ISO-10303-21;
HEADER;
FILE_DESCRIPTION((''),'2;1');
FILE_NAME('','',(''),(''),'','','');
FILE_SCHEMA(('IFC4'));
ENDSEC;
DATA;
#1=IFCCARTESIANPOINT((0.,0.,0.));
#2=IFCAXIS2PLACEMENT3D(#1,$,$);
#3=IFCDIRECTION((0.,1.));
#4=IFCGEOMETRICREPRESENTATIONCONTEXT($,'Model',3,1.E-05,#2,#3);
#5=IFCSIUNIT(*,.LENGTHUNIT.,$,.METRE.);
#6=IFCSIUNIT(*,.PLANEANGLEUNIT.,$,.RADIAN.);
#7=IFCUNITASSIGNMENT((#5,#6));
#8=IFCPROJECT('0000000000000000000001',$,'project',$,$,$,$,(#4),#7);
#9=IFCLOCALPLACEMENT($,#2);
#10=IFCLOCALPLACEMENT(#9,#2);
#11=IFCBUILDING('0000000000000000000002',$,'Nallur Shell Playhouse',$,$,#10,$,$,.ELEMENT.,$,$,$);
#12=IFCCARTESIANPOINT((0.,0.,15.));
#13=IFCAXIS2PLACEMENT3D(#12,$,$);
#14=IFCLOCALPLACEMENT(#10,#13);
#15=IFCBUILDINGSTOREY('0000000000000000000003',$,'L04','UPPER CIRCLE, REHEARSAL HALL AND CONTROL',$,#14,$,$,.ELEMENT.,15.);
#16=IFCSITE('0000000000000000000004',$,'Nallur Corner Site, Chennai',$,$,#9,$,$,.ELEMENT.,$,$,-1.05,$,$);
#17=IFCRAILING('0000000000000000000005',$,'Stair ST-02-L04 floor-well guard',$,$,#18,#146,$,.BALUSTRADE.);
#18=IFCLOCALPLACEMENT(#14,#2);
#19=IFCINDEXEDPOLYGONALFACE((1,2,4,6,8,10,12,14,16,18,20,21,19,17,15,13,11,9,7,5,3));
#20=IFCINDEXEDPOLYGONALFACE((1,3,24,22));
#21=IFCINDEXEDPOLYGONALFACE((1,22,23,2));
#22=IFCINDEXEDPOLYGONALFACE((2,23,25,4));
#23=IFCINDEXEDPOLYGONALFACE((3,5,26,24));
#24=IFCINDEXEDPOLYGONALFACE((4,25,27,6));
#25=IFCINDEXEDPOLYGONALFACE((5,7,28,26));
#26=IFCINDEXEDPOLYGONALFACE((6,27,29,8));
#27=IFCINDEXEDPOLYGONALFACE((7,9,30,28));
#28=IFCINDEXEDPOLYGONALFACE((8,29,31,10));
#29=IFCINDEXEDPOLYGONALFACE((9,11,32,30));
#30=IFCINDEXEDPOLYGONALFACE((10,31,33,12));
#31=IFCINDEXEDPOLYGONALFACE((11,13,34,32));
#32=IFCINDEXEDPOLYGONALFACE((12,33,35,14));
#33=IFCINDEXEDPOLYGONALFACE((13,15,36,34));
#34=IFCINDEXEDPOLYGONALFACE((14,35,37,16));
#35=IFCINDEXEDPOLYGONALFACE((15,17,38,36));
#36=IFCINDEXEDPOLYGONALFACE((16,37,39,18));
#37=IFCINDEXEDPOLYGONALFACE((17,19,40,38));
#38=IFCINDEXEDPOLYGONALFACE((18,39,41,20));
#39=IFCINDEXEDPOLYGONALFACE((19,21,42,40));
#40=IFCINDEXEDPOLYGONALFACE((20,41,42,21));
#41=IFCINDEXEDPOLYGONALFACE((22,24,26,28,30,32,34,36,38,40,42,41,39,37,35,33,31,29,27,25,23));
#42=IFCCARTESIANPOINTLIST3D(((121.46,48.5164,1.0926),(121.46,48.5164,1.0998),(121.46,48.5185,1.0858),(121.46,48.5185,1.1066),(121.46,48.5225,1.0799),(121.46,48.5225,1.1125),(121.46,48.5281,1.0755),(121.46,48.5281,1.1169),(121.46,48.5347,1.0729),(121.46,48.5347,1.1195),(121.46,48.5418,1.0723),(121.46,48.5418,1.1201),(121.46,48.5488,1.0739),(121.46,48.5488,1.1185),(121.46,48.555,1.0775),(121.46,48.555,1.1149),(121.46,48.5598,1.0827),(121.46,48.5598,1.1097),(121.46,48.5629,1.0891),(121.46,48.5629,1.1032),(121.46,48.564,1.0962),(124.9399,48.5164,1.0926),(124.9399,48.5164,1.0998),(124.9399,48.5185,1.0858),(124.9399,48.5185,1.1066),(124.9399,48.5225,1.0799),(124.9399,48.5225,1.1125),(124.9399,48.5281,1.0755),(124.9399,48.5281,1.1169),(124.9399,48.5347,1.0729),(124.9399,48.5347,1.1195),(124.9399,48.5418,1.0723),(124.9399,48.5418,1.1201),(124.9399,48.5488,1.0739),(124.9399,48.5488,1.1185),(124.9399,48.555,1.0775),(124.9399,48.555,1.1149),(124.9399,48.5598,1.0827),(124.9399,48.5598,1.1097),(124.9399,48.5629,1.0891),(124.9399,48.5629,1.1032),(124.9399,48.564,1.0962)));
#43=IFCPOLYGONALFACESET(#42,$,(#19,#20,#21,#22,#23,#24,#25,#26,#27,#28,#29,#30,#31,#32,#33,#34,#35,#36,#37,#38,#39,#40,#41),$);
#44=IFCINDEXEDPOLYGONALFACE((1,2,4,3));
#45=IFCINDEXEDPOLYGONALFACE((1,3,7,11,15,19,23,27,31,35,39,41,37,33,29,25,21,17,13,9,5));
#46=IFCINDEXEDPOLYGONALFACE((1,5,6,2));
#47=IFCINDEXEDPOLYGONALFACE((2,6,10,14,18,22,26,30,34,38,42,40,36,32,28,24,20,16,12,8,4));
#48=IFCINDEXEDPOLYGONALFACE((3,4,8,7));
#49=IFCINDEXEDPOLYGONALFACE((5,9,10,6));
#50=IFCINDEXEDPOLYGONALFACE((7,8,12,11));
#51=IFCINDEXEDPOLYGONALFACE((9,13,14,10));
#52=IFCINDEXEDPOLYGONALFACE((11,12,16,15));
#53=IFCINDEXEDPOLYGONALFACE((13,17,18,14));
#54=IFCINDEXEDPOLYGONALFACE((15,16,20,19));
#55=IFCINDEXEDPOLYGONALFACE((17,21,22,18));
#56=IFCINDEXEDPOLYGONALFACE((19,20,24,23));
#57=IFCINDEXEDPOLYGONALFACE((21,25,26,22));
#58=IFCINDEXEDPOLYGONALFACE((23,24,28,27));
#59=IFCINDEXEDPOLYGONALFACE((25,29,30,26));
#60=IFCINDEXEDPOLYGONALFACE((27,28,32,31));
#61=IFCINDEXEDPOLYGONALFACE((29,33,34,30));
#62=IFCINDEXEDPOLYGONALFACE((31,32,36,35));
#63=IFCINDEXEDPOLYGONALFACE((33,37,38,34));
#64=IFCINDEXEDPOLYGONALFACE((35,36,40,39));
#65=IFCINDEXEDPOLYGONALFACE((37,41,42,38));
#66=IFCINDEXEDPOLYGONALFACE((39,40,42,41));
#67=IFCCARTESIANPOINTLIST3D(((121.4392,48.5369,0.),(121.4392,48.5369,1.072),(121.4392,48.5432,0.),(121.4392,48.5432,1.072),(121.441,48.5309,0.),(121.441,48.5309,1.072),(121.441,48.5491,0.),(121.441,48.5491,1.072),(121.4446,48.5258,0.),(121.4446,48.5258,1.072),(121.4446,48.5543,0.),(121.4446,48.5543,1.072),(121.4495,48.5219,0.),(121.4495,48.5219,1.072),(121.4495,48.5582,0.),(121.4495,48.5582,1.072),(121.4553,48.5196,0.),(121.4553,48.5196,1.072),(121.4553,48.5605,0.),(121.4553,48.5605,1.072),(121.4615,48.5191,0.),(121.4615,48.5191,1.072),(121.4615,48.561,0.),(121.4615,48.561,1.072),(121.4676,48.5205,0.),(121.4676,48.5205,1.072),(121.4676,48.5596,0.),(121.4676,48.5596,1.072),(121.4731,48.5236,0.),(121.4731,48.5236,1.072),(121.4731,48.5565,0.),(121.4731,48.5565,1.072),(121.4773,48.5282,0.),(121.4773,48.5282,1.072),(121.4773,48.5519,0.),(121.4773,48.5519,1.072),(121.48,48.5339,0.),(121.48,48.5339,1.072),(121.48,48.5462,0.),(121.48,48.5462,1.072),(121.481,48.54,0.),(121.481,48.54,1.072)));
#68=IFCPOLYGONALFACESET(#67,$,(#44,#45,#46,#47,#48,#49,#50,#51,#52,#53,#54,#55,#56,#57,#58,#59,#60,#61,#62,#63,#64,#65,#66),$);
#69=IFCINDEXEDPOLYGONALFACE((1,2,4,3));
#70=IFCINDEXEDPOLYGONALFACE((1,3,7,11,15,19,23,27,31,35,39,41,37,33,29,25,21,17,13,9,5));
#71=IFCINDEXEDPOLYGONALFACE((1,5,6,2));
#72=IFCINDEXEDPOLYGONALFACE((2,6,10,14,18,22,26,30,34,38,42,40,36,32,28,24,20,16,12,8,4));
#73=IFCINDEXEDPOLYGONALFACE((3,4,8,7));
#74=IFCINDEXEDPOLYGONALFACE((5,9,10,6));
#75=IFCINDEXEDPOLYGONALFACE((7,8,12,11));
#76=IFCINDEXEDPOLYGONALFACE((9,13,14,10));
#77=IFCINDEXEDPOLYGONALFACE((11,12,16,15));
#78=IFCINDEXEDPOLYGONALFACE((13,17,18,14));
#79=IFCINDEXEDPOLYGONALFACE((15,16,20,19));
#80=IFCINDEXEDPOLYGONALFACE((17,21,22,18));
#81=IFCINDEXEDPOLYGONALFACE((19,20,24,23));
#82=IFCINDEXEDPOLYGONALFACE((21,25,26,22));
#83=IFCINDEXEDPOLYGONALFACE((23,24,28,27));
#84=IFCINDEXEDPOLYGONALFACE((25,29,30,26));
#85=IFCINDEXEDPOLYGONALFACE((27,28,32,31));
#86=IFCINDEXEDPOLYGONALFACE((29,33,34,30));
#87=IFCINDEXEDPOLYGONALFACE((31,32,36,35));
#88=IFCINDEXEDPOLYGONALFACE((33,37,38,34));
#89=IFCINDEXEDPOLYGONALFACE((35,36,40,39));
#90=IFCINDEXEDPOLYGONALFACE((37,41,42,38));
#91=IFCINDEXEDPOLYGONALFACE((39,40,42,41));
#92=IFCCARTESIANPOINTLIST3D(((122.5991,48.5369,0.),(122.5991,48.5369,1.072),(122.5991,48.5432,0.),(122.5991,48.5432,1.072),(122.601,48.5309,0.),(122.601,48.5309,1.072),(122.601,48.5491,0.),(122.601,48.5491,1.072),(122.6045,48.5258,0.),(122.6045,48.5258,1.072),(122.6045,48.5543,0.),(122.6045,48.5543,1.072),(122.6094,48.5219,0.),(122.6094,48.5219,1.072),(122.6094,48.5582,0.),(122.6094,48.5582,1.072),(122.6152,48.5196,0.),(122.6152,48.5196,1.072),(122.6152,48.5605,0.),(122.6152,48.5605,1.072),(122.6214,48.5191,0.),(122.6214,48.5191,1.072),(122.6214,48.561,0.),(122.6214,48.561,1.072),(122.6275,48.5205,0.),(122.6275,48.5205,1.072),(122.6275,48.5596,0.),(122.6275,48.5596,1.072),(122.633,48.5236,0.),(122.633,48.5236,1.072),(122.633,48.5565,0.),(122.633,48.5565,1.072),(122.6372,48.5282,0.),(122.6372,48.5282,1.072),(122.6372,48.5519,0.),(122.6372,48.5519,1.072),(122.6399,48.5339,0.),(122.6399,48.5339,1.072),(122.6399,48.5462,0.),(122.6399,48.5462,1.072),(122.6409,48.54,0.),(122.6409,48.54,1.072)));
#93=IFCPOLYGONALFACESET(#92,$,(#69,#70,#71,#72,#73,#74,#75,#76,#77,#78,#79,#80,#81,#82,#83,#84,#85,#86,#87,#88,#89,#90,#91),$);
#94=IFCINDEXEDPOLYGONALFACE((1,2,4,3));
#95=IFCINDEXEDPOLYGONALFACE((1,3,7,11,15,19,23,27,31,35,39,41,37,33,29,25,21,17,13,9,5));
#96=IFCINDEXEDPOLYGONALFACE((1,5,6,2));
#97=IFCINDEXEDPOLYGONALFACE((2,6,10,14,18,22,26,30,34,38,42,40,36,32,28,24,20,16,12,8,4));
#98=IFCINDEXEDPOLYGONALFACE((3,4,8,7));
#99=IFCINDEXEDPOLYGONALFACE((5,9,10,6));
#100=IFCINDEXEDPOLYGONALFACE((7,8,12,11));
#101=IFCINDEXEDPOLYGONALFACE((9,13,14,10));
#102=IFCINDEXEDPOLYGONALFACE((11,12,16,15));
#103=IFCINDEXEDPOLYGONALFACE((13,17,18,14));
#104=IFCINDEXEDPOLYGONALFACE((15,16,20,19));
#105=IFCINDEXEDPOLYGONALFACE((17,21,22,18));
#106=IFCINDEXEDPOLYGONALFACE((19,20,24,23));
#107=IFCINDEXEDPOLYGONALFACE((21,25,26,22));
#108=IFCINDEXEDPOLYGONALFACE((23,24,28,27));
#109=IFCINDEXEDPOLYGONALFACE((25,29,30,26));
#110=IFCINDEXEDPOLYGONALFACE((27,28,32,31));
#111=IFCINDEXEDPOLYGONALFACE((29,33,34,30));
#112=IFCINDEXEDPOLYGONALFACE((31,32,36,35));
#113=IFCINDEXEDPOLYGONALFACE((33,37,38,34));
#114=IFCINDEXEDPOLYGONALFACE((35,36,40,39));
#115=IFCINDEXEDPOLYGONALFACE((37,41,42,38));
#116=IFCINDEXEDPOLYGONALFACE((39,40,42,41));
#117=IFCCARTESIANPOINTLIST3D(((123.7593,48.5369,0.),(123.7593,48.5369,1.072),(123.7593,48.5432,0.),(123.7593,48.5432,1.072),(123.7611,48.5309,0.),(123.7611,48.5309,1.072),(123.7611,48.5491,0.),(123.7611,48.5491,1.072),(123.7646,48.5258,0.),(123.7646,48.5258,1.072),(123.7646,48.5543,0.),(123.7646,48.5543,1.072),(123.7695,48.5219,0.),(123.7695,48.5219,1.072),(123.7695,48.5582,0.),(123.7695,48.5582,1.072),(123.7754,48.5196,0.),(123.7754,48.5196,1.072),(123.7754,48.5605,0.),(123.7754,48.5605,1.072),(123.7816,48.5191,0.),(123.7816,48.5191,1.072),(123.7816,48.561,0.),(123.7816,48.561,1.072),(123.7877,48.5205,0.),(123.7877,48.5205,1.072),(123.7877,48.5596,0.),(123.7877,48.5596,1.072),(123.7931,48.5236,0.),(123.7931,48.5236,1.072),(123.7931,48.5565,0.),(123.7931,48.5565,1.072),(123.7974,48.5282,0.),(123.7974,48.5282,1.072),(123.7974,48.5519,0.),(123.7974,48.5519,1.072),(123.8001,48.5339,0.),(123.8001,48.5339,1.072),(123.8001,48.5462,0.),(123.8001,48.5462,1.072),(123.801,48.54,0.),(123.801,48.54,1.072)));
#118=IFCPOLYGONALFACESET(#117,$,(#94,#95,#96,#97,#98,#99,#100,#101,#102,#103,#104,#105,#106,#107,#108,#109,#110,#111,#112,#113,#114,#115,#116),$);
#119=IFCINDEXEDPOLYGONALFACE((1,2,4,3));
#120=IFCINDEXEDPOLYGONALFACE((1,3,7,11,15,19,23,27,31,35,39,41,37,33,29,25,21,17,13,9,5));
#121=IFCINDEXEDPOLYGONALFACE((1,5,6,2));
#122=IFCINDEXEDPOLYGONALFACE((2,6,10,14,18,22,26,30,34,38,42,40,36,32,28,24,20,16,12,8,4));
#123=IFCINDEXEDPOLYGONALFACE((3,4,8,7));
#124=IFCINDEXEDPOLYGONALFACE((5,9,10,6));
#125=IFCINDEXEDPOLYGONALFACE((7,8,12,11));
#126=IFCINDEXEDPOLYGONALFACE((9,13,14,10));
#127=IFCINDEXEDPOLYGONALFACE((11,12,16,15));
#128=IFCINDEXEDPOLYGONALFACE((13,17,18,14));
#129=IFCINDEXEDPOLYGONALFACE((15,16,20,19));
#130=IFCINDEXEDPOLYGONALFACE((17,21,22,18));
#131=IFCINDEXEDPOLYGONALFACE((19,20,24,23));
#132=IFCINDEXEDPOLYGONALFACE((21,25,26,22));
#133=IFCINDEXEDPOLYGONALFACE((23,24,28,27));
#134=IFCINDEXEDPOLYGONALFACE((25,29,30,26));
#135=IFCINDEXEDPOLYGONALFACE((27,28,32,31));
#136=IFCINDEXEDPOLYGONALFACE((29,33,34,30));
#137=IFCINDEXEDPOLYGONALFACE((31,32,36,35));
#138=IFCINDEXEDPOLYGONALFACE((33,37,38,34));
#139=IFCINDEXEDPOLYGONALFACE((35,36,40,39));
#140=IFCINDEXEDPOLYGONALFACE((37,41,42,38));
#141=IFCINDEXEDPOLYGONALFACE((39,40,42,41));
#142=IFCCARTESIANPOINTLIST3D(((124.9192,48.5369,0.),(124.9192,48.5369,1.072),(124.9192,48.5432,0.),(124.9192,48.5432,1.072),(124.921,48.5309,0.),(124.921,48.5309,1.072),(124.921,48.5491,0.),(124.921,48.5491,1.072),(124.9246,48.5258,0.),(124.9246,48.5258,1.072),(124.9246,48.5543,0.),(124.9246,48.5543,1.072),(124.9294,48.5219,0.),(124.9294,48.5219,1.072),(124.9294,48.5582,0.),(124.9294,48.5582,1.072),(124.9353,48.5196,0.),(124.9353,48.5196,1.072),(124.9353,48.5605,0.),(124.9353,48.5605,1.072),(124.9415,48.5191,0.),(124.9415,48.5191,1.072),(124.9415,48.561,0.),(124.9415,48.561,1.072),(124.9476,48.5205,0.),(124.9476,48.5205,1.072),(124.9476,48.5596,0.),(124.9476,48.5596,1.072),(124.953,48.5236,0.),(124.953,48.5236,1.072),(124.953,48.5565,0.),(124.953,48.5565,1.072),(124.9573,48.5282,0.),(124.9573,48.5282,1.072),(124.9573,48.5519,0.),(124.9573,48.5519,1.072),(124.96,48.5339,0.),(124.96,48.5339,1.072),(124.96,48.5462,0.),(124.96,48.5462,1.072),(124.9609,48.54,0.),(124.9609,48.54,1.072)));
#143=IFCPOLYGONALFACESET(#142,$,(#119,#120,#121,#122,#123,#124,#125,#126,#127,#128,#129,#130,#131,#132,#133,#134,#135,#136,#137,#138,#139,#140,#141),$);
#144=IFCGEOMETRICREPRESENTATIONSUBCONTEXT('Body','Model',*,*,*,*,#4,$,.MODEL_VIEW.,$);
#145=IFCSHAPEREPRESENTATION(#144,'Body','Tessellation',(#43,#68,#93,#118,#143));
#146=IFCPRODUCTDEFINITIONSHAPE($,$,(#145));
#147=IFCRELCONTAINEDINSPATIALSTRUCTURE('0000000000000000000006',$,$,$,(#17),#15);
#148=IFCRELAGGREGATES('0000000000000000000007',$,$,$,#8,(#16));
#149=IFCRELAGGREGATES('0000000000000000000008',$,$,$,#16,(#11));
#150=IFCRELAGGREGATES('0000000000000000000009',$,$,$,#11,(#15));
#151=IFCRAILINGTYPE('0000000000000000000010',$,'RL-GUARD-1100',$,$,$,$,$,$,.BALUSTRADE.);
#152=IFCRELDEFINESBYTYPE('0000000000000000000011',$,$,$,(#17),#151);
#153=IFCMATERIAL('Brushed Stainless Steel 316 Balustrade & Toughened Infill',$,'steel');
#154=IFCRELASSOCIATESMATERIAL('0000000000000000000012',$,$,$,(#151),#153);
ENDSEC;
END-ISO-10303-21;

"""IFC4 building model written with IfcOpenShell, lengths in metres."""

from ifc_helpers import new_model, si_unit, direction, frame, origin, origin_2d, place, context, subcontext, project, spatial, circle, extrude, material, type_object, element, save


model = new_model("IFC4")

# Units and contexts
model_context = context("Model", 3, precision=1e-05, world=origin(), true_north=direction((0.0, 1.0)))
body_context = subcontext(model_context, "Body", "Model", "MODEL_VIEW")
ifc_project = project(units=[si_unit("LENGTHUNIT", "METRE"), si_unit("PLANEANGLEUNIT", "RADIAN")], contexts=[model_context])

# Site, building, storey
site_placement = place(None, origin())
site = spatial("IfcSite", under=ifc_project, at=site_placement, Name="Nallur Corner Site, Chennai", CompositionType="ELEMENT", RefElevation=-1.05)
building_placement = place(site_placement, origin())
building = spatial("IfcBuilding", under=site, at=building_placement, Name="Nallur Shell Playhouse", CompositionType="ELEMENT")
storey_placement = place(building_placement, frame((0.0, 0.0, 15.0)))
storey = spatial("IfcBuildingStorey", under=building, at=storey_placement, Name="L04", Description="UPPER CIRCLE, REHEARSAL HALL AND CONTROL", CompositionType="ELEMENT", Elevation=15.0)

# Railing
ifc_material_1 = material(Name="Brushed Stainless Steel 316 Balustrade & Toughened Infill", Category="steel")
railing_type_1 = type_object("IfcRailingType", Name="RL-GUARD-1100", PredefinedType="BALUSTRADE", material=ifc_material_1)
railing_1_placement = place(storey_placement, frame((121.46, 48.54, 0.0)))
element("IfcRailing", 1, at=railing_1_placement, inside=storey, type_object=railing_type_1, Name="Stair ST-02-L04 floor-well guard", PredefinedType="BALUSTRADE", context=body_context, shape_type="SweptSolid", body=[
    extrude(circle(Radius=0.0239, at=origin_2d()), frame((0.0, 0.0, 1.0962), z_axis=(1.0, 0.0, 0.0), x_axis=(0.0, 1.0, 0.0)), (0.0, 0.0, 1.0), 3.48),
    extrude(circle(Radius=0.021, at=origin_2d()), origin(), (0.0, 0.0, 1.0), 1.072),
    extrude(circle(Radius=0.021, at=origin_2d()), frame((1.1599, 0.0, 0.0)), (0.0, 0.0, 1.0), 1.072),
    extrude(circle(Radius=0.021, at=origin_2d()), frame((2.3201, 0.0, 0.0)), (0.0, 0.0, 1.0), 1.072),
    extrude(circle(Radius=0.021, at=origin_2d()), frame((3.48, 0.0, 0.0)), (0.0, 0.0, 1.0), 1.072),
])

save(model, "model.ifc")
